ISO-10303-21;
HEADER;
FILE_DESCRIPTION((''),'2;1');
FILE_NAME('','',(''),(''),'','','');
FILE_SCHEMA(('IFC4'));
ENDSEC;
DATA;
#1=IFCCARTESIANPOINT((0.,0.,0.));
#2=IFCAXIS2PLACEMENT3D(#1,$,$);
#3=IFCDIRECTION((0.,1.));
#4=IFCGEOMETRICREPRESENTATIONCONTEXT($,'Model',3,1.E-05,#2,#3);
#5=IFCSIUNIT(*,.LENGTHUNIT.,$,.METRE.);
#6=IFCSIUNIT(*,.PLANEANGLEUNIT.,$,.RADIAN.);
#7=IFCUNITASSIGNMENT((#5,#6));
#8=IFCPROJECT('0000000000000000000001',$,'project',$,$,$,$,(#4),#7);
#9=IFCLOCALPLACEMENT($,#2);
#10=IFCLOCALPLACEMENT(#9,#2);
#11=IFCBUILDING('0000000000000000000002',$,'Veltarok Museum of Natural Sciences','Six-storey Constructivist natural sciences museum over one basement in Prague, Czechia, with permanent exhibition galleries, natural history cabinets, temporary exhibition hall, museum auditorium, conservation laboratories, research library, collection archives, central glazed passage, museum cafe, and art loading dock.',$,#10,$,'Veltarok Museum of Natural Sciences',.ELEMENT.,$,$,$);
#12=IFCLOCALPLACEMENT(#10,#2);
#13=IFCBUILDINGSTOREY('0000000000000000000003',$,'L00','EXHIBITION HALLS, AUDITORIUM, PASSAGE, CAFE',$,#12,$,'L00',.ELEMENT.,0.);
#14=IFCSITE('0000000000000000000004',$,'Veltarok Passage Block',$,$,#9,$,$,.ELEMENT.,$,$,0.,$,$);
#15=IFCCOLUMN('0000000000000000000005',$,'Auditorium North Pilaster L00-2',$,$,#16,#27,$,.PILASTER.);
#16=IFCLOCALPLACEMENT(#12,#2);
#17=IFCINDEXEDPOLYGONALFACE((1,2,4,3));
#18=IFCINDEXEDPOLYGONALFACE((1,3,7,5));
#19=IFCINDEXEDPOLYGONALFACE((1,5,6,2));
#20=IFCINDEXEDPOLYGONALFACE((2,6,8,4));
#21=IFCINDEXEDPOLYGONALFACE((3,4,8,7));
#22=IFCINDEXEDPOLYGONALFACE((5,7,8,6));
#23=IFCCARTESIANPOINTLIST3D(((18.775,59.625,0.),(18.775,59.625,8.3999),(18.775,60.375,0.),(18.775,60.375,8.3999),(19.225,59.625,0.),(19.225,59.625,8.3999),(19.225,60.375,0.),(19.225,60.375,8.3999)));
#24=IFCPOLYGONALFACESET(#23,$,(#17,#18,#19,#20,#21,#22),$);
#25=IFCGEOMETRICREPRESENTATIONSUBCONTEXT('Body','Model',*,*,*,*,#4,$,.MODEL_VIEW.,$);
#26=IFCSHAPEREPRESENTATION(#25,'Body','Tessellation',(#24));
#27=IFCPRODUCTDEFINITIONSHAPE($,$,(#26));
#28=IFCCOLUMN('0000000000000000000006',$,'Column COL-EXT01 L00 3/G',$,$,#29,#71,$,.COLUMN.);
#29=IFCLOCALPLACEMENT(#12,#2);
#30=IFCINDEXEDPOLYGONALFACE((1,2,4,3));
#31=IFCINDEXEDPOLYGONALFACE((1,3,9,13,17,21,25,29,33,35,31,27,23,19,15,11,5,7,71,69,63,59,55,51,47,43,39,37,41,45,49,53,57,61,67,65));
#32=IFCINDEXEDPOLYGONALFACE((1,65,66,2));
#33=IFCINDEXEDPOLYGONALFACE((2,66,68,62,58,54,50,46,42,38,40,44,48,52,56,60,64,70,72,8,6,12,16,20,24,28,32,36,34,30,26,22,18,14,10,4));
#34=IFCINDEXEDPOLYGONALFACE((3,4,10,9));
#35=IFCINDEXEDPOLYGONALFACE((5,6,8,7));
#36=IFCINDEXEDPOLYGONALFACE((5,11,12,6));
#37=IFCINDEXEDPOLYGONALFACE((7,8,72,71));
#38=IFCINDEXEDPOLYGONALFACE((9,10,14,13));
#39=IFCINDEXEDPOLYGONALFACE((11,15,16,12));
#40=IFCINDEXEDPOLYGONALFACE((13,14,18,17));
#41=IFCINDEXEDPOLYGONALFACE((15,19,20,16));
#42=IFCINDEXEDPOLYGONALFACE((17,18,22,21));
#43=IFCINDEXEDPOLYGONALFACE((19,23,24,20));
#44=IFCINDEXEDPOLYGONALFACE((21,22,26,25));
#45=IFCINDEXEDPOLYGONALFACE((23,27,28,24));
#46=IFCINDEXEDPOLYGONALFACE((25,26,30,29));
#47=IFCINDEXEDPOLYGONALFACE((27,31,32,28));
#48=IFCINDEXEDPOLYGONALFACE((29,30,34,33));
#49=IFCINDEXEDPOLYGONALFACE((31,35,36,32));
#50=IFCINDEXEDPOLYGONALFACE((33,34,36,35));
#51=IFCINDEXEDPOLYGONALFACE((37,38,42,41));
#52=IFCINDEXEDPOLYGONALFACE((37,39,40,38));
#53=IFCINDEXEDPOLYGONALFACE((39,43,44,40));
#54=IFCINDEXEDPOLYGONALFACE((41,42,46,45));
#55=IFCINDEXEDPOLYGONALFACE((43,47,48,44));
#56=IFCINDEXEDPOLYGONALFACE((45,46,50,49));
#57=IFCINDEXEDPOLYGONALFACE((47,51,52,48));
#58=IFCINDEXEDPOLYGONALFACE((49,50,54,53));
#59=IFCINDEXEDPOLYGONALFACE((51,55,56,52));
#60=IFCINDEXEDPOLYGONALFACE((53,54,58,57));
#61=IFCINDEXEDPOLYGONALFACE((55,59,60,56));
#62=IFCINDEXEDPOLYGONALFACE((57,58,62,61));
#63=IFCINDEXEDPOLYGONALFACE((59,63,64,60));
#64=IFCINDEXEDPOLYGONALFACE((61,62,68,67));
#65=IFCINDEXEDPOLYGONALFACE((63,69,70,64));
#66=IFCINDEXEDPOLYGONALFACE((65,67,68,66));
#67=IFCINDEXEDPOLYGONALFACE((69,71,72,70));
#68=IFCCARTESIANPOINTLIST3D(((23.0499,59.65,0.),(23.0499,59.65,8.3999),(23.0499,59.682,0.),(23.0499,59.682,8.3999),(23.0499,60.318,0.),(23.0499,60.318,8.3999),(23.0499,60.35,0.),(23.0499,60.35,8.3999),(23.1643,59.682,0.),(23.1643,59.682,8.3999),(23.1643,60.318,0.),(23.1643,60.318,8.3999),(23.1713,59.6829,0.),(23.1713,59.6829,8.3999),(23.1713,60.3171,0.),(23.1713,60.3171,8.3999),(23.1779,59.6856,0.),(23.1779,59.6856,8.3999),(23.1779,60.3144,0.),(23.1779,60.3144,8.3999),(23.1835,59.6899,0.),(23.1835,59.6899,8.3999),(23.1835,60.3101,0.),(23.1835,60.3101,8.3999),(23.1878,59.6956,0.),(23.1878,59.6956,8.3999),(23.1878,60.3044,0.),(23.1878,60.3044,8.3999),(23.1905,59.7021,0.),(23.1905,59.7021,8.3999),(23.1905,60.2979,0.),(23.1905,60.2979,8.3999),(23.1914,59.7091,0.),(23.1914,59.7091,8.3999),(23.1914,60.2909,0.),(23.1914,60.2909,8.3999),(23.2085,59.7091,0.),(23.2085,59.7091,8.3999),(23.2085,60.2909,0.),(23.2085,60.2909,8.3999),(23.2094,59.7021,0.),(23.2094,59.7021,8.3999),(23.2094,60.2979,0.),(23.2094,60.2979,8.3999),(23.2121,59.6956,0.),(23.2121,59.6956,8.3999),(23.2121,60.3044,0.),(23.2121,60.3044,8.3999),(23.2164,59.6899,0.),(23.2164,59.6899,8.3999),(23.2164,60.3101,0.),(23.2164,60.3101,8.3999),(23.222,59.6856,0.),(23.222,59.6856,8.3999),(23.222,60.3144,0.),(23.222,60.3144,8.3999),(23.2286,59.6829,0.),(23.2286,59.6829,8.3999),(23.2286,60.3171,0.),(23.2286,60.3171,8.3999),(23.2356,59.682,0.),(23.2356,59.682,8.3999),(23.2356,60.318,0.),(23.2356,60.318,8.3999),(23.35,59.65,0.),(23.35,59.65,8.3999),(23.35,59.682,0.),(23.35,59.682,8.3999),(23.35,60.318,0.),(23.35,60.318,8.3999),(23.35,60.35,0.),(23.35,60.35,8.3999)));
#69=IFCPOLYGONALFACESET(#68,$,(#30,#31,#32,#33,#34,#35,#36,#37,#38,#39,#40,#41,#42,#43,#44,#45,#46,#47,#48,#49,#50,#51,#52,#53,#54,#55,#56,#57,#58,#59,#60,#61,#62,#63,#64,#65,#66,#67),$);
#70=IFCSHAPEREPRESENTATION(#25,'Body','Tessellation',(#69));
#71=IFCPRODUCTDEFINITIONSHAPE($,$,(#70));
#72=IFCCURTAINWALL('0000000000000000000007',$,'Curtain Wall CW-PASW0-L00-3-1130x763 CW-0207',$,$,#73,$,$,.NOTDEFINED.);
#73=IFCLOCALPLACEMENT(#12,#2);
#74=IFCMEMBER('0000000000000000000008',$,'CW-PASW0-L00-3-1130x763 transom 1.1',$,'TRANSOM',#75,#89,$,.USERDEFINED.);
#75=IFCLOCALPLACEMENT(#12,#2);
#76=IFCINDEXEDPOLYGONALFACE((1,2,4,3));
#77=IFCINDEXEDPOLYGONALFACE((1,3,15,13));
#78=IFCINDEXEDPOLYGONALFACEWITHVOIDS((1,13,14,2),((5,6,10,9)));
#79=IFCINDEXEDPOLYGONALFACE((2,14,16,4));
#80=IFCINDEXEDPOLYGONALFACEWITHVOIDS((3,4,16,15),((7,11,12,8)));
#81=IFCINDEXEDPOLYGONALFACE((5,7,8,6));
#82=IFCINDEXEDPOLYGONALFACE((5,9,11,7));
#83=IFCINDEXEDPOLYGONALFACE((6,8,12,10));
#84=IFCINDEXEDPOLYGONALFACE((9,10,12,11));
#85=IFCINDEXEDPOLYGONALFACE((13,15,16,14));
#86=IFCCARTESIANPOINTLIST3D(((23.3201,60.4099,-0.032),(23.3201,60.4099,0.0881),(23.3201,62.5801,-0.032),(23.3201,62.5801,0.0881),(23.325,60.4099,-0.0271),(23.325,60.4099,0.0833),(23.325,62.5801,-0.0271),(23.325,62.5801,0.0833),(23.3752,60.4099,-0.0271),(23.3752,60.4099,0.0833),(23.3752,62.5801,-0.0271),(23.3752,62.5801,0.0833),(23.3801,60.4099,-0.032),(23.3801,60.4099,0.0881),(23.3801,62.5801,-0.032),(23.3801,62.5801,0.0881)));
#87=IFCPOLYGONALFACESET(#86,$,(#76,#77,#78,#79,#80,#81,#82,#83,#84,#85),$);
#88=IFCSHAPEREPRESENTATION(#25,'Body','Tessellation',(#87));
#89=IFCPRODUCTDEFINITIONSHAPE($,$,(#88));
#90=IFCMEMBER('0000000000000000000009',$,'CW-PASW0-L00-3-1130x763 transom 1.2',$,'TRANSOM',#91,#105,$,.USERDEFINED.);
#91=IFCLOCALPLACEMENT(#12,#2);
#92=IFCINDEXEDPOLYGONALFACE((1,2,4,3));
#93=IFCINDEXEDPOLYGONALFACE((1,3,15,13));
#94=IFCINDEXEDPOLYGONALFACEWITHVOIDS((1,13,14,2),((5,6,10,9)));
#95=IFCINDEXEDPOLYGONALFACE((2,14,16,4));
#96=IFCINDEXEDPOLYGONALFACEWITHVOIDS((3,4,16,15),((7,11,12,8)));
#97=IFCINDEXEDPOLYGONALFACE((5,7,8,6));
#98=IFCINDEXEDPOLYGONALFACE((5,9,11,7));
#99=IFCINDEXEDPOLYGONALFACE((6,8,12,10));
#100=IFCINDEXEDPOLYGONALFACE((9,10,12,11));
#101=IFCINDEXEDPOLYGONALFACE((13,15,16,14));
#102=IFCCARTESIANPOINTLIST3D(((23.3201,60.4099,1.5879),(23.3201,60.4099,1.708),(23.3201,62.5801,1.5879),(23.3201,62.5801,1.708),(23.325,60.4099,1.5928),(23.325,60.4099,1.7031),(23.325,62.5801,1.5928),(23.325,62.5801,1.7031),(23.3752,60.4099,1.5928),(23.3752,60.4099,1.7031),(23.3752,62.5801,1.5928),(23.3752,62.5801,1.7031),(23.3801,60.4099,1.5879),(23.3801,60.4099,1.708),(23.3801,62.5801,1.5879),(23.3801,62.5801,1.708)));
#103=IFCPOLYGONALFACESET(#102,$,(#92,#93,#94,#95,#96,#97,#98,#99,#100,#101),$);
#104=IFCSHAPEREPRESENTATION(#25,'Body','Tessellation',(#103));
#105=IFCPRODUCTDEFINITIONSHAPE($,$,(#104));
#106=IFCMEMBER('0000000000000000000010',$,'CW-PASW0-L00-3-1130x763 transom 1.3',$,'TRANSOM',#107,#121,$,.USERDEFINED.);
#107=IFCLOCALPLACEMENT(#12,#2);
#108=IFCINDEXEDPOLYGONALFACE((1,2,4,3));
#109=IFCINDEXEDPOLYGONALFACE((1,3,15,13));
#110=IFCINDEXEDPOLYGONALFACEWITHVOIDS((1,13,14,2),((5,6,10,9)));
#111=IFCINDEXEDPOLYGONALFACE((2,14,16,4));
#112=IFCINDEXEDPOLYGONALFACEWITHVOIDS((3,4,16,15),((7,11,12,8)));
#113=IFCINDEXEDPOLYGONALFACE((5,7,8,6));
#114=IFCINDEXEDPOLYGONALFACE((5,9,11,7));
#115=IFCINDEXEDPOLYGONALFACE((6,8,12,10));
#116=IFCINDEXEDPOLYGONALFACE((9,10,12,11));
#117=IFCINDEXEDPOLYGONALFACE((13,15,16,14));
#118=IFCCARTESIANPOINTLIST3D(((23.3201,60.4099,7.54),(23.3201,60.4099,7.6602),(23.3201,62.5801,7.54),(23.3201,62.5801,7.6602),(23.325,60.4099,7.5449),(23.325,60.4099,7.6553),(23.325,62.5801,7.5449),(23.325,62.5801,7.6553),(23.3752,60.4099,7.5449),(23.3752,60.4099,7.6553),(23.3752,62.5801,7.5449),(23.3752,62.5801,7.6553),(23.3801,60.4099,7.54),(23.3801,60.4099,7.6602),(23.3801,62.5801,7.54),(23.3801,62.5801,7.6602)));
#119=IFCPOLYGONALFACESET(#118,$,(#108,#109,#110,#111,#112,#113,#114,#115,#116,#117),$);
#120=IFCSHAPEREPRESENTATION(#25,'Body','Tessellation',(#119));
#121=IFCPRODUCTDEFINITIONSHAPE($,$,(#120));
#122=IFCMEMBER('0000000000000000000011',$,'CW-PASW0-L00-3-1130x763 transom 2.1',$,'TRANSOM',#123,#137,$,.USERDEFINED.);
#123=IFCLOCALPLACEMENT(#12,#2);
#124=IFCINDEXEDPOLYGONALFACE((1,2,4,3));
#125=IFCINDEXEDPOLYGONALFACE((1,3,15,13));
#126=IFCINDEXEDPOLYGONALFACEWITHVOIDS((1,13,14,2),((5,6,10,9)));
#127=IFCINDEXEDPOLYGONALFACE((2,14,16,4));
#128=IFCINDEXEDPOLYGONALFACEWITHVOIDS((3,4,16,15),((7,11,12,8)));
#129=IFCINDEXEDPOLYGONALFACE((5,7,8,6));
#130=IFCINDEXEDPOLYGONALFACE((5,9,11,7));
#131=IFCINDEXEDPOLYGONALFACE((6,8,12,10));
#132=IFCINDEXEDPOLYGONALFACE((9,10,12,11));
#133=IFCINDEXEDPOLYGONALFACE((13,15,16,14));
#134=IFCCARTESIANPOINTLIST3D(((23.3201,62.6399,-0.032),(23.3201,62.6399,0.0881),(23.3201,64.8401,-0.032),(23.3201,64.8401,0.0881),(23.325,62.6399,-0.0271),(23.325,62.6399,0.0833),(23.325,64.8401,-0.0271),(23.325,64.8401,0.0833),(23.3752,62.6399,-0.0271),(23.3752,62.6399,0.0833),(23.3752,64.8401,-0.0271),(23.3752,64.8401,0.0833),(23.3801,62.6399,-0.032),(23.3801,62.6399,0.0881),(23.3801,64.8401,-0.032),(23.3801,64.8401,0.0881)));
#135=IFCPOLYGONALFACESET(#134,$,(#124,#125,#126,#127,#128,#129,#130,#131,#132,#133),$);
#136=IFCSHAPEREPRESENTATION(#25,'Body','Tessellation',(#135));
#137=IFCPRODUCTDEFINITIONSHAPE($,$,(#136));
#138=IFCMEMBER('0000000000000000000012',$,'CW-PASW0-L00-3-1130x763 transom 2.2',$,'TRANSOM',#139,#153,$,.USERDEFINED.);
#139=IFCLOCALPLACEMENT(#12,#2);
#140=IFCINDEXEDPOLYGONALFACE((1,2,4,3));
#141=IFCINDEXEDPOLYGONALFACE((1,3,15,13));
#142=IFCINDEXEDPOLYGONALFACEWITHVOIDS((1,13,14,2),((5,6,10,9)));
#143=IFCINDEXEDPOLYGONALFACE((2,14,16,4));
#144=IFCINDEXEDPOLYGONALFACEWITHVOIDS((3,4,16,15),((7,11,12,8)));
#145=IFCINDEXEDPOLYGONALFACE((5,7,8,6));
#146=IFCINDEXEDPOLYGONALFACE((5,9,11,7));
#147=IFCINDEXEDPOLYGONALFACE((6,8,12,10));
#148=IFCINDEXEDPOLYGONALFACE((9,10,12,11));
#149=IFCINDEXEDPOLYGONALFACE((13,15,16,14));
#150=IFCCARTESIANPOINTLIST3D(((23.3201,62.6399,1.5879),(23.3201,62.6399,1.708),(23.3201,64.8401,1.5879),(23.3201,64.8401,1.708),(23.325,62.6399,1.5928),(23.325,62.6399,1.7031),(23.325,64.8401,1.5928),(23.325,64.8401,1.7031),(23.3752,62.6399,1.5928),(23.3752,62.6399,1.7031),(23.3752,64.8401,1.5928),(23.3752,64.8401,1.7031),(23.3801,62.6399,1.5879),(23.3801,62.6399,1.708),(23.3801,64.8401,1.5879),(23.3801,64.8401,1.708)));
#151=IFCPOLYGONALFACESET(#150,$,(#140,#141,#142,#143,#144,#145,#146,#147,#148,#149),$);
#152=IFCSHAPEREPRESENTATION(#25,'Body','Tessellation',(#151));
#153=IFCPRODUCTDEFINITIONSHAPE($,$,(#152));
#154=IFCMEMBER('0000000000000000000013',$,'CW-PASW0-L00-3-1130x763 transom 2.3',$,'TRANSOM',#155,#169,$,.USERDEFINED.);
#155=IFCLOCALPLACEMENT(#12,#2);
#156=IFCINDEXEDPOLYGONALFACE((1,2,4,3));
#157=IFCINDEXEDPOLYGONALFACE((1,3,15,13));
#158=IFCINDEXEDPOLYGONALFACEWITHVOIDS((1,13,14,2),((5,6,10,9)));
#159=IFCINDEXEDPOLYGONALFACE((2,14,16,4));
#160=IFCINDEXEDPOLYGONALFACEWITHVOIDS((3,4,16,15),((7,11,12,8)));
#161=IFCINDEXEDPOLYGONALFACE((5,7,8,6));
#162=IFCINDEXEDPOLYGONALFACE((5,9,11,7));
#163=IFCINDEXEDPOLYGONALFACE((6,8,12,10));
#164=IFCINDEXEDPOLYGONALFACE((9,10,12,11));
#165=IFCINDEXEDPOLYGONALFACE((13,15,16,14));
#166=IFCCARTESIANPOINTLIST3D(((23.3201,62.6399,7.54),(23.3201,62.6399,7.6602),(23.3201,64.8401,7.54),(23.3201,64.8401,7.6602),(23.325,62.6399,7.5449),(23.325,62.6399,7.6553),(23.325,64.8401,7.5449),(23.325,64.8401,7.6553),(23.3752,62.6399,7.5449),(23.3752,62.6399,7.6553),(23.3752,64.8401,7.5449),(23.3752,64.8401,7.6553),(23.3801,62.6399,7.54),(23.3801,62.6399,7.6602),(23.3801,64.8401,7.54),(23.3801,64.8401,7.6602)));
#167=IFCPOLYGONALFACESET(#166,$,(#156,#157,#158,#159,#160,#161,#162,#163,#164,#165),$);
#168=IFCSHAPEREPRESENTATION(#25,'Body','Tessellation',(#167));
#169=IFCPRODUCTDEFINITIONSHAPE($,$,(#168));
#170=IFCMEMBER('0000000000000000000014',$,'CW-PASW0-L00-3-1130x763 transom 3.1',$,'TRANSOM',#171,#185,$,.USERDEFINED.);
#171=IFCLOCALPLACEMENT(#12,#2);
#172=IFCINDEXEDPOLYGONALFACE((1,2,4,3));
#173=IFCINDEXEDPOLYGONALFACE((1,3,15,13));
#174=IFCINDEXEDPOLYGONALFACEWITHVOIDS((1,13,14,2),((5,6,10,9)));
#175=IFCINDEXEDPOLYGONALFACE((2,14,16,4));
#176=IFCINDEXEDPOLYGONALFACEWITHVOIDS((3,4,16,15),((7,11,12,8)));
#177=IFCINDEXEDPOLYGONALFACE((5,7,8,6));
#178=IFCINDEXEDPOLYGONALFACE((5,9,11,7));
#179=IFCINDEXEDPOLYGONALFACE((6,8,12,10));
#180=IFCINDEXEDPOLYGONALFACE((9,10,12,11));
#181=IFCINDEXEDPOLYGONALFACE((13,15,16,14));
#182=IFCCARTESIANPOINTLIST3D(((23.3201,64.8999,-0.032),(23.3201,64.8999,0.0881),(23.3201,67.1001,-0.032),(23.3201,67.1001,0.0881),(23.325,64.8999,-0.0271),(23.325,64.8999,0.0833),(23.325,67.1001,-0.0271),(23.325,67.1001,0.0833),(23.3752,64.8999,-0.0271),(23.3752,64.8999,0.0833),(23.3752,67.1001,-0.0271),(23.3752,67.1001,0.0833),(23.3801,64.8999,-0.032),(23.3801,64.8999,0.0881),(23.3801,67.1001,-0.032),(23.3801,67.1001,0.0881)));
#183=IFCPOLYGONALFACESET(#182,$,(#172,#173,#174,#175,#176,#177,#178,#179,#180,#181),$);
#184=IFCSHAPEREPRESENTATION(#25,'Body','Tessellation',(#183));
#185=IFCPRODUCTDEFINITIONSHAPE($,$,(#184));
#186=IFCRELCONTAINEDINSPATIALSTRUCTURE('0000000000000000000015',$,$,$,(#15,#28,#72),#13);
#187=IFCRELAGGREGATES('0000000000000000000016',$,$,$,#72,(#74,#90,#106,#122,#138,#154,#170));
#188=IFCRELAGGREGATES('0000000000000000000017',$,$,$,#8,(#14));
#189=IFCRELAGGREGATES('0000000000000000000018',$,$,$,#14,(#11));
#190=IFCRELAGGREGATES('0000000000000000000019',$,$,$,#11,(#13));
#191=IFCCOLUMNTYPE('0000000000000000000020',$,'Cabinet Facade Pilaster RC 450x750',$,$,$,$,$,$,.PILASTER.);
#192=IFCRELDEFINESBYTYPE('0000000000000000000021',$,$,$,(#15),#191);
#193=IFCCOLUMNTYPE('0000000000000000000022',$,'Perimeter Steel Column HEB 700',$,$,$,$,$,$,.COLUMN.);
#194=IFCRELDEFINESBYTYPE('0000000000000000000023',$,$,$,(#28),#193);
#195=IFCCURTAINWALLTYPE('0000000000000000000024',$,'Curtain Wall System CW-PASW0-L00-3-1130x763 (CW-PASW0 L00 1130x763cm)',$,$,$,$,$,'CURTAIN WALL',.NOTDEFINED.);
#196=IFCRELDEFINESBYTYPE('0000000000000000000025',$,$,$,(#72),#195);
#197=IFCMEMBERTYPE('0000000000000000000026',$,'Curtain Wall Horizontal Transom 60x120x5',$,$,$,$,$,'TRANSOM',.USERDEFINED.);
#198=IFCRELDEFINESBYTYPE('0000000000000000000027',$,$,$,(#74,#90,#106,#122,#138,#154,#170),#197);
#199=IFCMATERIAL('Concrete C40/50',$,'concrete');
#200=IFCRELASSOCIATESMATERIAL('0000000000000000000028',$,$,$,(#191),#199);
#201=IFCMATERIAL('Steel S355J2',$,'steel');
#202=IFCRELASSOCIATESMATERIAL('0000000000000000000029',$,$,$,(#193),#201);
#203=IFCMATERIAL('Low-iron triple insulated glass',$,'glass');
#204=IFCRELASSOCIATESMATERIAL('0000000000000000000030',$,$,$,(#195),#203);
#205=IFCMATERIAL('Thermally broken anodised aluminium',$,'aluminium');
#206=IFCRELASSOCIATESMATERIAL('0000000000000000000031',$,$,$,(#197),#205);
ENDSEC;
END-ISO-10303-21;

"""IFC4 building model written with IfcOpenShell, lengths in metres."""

from ifc_helpers import new_model, si_unit, direction, frame, origin, origin_2d, place, context, subcontext, project, spatial, rectangle, hollow_rectangle, i_section, extrude, material, material_profile, profile_set, type_object, element, aggregate, save


model = new_model("IFC4")

# Units and contexts
model_context = context("Model", 3, precision=1e-05, world=origin(), true_north=direction((0.0, 1.0)))
body_context = subcontext(model_context, "Body", "Model", "MODEL_VIEW")
ifc_project = project(units=[si_unit("LENGTHUNIT", "METRE"), si_unit("PLANEANGLEUNIT", "RADIAN")], contexts=[model_context])

# Site, building, storey
site_placement = place(None, origin())
site = spatial("IfcSite", under=ifc_project, at=site_placement, Name="Veltarok Passage Block", CompositionType="ELEMENT", RefElevation=0.0)
building_placement = place(site_placement, origin())
building = spatial("IfcBuilding", under=site, at=building_placement, Name="Veltarok Museum of Natural Sciences", Description="Six-storey Constructivist natural sciences museum over one basement in Prague, Czechia, with permanent exhibition galleries, natural history cabinets, temporary exhibition hall, museum auditorium, conservation laboratories, research library, collection archives, central glazed passage, museum cafe, and art loading dock.", LongName="Veltarok Museum of Natural Sciences", CompositionType="ELEMENT")
storey_placement = place(building_placement, origin())
storey = spatial("IfcBuildingStorey", under=building, at=storey_placement, Name="L00", Description="EXHIBITION HALLS, AUDITORIUM, PASSAGE, CAFE", LongName="L00", CompositionType="ELEMENT", Elevation=0.0)

# Columns
ifc_material_1 = material(Name="Concrete C40/50", Category="concrete")
ifc_material_profile_1 = material_profile(ifc_material_1, rectangle(XDim=0.45, YDim=0.75, at=origin_2d()), Name="RC 450x750")
ifc_profile_set_1 = profile_set([ifc_material_profile_1], Name="Concrete C40/50")
column_type_1 = type_object("IfcColumnType", Name="Cabinet Facade Pilaster RC 450x750", PredefinedType="PILASTER", material=ifc_profile_set_1)
column_1_placement = place(storey_placement, frame((19.0, 60.0, 0.0), z_axis=(0.0, 0.0, 1.0), x_axis=(1.0, 0.0, 0.0)))
element("IfcColumn", 1, at=column_1_placement, inside=storey, type_object=column_type_1, Name="Auditorium North Pilaster L00-2", PredefinedType="PILASTER", context=body_context, shape_type="SweptSolid", body=[
    extrude(rectangle(XDim=0.45, YDim=0.75, at=origin_2d()), origin(), (0.0, 0.0, 1.0), 8.3999),
])
ifc_material_2 = material(Name="Steel S355J2", Category="steel")
ifc_material_profile_2 = material_profile(ifc_material_2, i_section(OverallWidth=0.3, OverallDepth=0.7, WebThickness=0.0171, FlangeThickness=0.032, FilletRadius=0.0271, at=origin_2d()), Name="HEB 700")
ifc_profile_set_2 = profile_set([ifc_material_profile_2], Name="Steel S355J2")
column_type_2 = type_object("IfcColumnType", Name="Perimeter Steel Column HEB 700", PredefinedType="COLUMN", material=ifc_profile_set_2)
column_2_placement = place(storey_placement, frame((23.2, 60.0, 0.0), z_axis=(0.0, 0.0, 1.0), x_axis=(1.0, 0.0, 0.0)))
element("IfcColumn", 2, at=column_2_placement, inside=storey, type_object=column_type_2, Name="Column COL-EXT01 L00 3/G", PredefinedType="COLUMN", context=body_context, shape_type="SweptSolid", body=[
    extrude(i_section(OverallWidth=0.3, OverallDepth=0.7, WebThickness=0.0171, FlangeThickness=0.032, FilletRadius=0.0271, at=origin_2d()), origin(), (0.0, 0.0, 1.0), 8.3999),
])

# Curtain wall, members
ifc_material_3 = material(Name="Low-iron triple insulated glass", Category="glass")
curtain_wall_type_1 = type_object("IfcCurtainWallType", Name="Curtain Wall System CW-PASW0-L00-3-1130x763 (CW-PASW0 L00 1130x763cm)", ElementType="CURTAIN WALL", PredefinedType="NOTDEFINED", material=ifc_material_3)
curtain_wall_1_placement = place(storey_placement, origin())
curtain_wall_1 = element("IfcCurtainWall", 3, at=curtain_wall_1_placement, inside=storey, type_object=curtain_wall_type_1, Name="Curtain Wall CW-PASW0-L00-3-1130x763 CW-0207", PredefinedType="NOTDEFINED")
ifc_material_4 = material(Name="Thermally broken anodised aluminium", Category="aluminium")
ifc_material_profile_3 = material_profile(ifc_material_4, hollow_rectangle(XDim=0.0601, YDim=0.1201, WallThickness=0.0049, at=origin_2d()), Name="CW TRANSOM 60x120x5")
ifc_profile_set_3 = profile_set([ifc_material_profile_3], Name="Thermally broken anodised aluminium")
member_type_1 = type_object("IfcMemberType", Name="Curtain Wall Horizontal Transom 60x120x5", ElementType="TRANSOM", PredefinedType="USERDEFINED", material=ifc_profile_set_3)
member_1_placement = place(storey_placement, frame((23.3501, 60.4099, 0.0281), z_axis=(0.0, 1.0, 0.0), x_axis=(-1.0, 0.0, 0.0)))
member_1 = element("IfcMember", 4, at=member_1_placement, type_object=member_type_1, Name="CW-PASW0-L00-3-1130x763 transom 1.1", ObjectType="TRANSOM", PredefinedType="USERDEFINED", context=body_context, shape_type="SweptSolid", body=[
    extrude(hollow_rectangle(XDim=0.0601, YDim=0.1201, WallThickness=0.0049, at=origin_2d()), origin(), (0.0, 0.0, 1.0), 2.1702),
])
member_2_placement = place(storey_placement, frame((23.3501, 60.4099, 1.6479), z_axis=(0.0, 1.0, 0.0), x_axis=(-1.0, 0.0, 0.0)))
member_2 = element("IfcMember", 5, at=member_2_placement, type_object=member_type_1, Name="CW-PASW0-L00-3-1130x763 transom 1.2", ObjectType="TRANSOM", PredefinedType="USERDEFINED", context=body_context, shape_type="SweptSolid", body=[
    extrude(hollow_rectangle(XDim=0.0601, YDim=0.1201, WallThickness=0.0049, at=origin_2d()), origin(), (0.0, 0.0, 1.0), 2.1702),
])
member_3_placement = place(storey_placement, frame((23.3501, 60.4099, 7.6001), z_axis=(0.0, 1.0, 0.0), x_axis=(-1.0, 0.0, 0.0)))
member_3 = element("IfcMember", 6, at=member_3_placement, type_object=member_type_1, Name="CW-PASW0-L00-3-1130x763 transom 1.3", ObjectType="TRANSOM", PredefinedType="USERDEFINED", context=body_context, shape_type="SweptSolid", body=[
    extrude(hollow_rectangle(XDim=0.0601, YDim=0.1201, WallThickness=0.0049, at=origin_2d()), origin(), (0.0, 0.0, 1.0), 2.1702),
])
member_4_placement = place(storey_placement, frame((23.3501, 62.6399, 0.0281), z_axis=(0.0, 1.0, 0.0), x_axis=(-1.0, 0.0, 0.0)))
member_4 = element("IfcMember", 7, at=member_4_placement, type_object=member_type_1, Name="CW-PASW0-L00-3-1130x763 transom 2.1", ObjectType="TRANSOM", PredefinedType="USERDEFINED", context=body_context, shape_type="SweptSolid", body=[
    extrude(hollow_rectangle(XDim=0.0601, YDim=0.1201, WallThickness=0.0049, at=origin_2d()), origin(), (0.0, 0.0, 1.0), 2.2002),
])
member_5_placement = place(storey_placement, frame((23.3501, 62.6399, 1.6479), z_axis=(0.0, 1.0, 0.0), x_axis=(-1.0, 0.0, 0.0)))
member_5 = element("IfcMember", 8, at=member_5_placement, type_object=member_type_1, Name="CW-PASW0-L00-3-1130x763 transom 2.2", ObjectType="TRANSOM", PredefinedType="USERDEFINED", context=body_context, shape_type="SweptSolid", body=[
    extrude(hollow_rectangle(XDim=0.0601, YDim=0.1201, WallThickness=0.0049, at=origin_2d()), origin(), (0.0, 0.0, 1.0), 2.2002),
])
member_6_placement = place(storey_placement, frame((23.3501, 62.6399, 7.6001), z_axis=(0.0, 1.0, 0.0), x_axis=(-1.0, 0.0, 0.0)))
member_6 = element("IfcMember", 9, at=member_6_placement, type_object=member_type_1, Name="CW-PASW0-L00-3-1130x763 transom 2.3", ObjectType="TRANSOM", PredefinedType="USERDEFINED", context=body_context, shape_type="SweptSolid", body=[
    extrude(hollow_rectangle(XDim=0.0601, YDim=0.1201, WallThickness=0.0049, at=origin_2d()), origin(), (0.0, 0.0, 1.0), 2.2002),
])
member_7_placement = place(storey_placement, frame((23.3501, 64.8999, 0.0281), z_axis=(0.0, 1.0, 0.0), x_axis=(-1.0, 0.0, 0.0)))
member_7 = element("IfcMember", 10, at=member_7_placement, type_object=member_type_1, Name="CW-PASW0-L00-3-1130x763 transom 3.1", ObjectType="TRANSOM", PredefinedType="USERDEFINED", context=body_context, shape_type="SweptSolid", body=[
    extrude(hollow_rectangle(XDim=0.0601, YDim=0.1201, WallThickness=0.0049, at=origin_2d()), origin(), (0.0, 0.0, 1.0), 2.2002),
])

aggregate(curtain_wall_1, [member_1, member_2, member_3, member_4, member_5, member_6, member_7])

save(model, "model.ifc")
